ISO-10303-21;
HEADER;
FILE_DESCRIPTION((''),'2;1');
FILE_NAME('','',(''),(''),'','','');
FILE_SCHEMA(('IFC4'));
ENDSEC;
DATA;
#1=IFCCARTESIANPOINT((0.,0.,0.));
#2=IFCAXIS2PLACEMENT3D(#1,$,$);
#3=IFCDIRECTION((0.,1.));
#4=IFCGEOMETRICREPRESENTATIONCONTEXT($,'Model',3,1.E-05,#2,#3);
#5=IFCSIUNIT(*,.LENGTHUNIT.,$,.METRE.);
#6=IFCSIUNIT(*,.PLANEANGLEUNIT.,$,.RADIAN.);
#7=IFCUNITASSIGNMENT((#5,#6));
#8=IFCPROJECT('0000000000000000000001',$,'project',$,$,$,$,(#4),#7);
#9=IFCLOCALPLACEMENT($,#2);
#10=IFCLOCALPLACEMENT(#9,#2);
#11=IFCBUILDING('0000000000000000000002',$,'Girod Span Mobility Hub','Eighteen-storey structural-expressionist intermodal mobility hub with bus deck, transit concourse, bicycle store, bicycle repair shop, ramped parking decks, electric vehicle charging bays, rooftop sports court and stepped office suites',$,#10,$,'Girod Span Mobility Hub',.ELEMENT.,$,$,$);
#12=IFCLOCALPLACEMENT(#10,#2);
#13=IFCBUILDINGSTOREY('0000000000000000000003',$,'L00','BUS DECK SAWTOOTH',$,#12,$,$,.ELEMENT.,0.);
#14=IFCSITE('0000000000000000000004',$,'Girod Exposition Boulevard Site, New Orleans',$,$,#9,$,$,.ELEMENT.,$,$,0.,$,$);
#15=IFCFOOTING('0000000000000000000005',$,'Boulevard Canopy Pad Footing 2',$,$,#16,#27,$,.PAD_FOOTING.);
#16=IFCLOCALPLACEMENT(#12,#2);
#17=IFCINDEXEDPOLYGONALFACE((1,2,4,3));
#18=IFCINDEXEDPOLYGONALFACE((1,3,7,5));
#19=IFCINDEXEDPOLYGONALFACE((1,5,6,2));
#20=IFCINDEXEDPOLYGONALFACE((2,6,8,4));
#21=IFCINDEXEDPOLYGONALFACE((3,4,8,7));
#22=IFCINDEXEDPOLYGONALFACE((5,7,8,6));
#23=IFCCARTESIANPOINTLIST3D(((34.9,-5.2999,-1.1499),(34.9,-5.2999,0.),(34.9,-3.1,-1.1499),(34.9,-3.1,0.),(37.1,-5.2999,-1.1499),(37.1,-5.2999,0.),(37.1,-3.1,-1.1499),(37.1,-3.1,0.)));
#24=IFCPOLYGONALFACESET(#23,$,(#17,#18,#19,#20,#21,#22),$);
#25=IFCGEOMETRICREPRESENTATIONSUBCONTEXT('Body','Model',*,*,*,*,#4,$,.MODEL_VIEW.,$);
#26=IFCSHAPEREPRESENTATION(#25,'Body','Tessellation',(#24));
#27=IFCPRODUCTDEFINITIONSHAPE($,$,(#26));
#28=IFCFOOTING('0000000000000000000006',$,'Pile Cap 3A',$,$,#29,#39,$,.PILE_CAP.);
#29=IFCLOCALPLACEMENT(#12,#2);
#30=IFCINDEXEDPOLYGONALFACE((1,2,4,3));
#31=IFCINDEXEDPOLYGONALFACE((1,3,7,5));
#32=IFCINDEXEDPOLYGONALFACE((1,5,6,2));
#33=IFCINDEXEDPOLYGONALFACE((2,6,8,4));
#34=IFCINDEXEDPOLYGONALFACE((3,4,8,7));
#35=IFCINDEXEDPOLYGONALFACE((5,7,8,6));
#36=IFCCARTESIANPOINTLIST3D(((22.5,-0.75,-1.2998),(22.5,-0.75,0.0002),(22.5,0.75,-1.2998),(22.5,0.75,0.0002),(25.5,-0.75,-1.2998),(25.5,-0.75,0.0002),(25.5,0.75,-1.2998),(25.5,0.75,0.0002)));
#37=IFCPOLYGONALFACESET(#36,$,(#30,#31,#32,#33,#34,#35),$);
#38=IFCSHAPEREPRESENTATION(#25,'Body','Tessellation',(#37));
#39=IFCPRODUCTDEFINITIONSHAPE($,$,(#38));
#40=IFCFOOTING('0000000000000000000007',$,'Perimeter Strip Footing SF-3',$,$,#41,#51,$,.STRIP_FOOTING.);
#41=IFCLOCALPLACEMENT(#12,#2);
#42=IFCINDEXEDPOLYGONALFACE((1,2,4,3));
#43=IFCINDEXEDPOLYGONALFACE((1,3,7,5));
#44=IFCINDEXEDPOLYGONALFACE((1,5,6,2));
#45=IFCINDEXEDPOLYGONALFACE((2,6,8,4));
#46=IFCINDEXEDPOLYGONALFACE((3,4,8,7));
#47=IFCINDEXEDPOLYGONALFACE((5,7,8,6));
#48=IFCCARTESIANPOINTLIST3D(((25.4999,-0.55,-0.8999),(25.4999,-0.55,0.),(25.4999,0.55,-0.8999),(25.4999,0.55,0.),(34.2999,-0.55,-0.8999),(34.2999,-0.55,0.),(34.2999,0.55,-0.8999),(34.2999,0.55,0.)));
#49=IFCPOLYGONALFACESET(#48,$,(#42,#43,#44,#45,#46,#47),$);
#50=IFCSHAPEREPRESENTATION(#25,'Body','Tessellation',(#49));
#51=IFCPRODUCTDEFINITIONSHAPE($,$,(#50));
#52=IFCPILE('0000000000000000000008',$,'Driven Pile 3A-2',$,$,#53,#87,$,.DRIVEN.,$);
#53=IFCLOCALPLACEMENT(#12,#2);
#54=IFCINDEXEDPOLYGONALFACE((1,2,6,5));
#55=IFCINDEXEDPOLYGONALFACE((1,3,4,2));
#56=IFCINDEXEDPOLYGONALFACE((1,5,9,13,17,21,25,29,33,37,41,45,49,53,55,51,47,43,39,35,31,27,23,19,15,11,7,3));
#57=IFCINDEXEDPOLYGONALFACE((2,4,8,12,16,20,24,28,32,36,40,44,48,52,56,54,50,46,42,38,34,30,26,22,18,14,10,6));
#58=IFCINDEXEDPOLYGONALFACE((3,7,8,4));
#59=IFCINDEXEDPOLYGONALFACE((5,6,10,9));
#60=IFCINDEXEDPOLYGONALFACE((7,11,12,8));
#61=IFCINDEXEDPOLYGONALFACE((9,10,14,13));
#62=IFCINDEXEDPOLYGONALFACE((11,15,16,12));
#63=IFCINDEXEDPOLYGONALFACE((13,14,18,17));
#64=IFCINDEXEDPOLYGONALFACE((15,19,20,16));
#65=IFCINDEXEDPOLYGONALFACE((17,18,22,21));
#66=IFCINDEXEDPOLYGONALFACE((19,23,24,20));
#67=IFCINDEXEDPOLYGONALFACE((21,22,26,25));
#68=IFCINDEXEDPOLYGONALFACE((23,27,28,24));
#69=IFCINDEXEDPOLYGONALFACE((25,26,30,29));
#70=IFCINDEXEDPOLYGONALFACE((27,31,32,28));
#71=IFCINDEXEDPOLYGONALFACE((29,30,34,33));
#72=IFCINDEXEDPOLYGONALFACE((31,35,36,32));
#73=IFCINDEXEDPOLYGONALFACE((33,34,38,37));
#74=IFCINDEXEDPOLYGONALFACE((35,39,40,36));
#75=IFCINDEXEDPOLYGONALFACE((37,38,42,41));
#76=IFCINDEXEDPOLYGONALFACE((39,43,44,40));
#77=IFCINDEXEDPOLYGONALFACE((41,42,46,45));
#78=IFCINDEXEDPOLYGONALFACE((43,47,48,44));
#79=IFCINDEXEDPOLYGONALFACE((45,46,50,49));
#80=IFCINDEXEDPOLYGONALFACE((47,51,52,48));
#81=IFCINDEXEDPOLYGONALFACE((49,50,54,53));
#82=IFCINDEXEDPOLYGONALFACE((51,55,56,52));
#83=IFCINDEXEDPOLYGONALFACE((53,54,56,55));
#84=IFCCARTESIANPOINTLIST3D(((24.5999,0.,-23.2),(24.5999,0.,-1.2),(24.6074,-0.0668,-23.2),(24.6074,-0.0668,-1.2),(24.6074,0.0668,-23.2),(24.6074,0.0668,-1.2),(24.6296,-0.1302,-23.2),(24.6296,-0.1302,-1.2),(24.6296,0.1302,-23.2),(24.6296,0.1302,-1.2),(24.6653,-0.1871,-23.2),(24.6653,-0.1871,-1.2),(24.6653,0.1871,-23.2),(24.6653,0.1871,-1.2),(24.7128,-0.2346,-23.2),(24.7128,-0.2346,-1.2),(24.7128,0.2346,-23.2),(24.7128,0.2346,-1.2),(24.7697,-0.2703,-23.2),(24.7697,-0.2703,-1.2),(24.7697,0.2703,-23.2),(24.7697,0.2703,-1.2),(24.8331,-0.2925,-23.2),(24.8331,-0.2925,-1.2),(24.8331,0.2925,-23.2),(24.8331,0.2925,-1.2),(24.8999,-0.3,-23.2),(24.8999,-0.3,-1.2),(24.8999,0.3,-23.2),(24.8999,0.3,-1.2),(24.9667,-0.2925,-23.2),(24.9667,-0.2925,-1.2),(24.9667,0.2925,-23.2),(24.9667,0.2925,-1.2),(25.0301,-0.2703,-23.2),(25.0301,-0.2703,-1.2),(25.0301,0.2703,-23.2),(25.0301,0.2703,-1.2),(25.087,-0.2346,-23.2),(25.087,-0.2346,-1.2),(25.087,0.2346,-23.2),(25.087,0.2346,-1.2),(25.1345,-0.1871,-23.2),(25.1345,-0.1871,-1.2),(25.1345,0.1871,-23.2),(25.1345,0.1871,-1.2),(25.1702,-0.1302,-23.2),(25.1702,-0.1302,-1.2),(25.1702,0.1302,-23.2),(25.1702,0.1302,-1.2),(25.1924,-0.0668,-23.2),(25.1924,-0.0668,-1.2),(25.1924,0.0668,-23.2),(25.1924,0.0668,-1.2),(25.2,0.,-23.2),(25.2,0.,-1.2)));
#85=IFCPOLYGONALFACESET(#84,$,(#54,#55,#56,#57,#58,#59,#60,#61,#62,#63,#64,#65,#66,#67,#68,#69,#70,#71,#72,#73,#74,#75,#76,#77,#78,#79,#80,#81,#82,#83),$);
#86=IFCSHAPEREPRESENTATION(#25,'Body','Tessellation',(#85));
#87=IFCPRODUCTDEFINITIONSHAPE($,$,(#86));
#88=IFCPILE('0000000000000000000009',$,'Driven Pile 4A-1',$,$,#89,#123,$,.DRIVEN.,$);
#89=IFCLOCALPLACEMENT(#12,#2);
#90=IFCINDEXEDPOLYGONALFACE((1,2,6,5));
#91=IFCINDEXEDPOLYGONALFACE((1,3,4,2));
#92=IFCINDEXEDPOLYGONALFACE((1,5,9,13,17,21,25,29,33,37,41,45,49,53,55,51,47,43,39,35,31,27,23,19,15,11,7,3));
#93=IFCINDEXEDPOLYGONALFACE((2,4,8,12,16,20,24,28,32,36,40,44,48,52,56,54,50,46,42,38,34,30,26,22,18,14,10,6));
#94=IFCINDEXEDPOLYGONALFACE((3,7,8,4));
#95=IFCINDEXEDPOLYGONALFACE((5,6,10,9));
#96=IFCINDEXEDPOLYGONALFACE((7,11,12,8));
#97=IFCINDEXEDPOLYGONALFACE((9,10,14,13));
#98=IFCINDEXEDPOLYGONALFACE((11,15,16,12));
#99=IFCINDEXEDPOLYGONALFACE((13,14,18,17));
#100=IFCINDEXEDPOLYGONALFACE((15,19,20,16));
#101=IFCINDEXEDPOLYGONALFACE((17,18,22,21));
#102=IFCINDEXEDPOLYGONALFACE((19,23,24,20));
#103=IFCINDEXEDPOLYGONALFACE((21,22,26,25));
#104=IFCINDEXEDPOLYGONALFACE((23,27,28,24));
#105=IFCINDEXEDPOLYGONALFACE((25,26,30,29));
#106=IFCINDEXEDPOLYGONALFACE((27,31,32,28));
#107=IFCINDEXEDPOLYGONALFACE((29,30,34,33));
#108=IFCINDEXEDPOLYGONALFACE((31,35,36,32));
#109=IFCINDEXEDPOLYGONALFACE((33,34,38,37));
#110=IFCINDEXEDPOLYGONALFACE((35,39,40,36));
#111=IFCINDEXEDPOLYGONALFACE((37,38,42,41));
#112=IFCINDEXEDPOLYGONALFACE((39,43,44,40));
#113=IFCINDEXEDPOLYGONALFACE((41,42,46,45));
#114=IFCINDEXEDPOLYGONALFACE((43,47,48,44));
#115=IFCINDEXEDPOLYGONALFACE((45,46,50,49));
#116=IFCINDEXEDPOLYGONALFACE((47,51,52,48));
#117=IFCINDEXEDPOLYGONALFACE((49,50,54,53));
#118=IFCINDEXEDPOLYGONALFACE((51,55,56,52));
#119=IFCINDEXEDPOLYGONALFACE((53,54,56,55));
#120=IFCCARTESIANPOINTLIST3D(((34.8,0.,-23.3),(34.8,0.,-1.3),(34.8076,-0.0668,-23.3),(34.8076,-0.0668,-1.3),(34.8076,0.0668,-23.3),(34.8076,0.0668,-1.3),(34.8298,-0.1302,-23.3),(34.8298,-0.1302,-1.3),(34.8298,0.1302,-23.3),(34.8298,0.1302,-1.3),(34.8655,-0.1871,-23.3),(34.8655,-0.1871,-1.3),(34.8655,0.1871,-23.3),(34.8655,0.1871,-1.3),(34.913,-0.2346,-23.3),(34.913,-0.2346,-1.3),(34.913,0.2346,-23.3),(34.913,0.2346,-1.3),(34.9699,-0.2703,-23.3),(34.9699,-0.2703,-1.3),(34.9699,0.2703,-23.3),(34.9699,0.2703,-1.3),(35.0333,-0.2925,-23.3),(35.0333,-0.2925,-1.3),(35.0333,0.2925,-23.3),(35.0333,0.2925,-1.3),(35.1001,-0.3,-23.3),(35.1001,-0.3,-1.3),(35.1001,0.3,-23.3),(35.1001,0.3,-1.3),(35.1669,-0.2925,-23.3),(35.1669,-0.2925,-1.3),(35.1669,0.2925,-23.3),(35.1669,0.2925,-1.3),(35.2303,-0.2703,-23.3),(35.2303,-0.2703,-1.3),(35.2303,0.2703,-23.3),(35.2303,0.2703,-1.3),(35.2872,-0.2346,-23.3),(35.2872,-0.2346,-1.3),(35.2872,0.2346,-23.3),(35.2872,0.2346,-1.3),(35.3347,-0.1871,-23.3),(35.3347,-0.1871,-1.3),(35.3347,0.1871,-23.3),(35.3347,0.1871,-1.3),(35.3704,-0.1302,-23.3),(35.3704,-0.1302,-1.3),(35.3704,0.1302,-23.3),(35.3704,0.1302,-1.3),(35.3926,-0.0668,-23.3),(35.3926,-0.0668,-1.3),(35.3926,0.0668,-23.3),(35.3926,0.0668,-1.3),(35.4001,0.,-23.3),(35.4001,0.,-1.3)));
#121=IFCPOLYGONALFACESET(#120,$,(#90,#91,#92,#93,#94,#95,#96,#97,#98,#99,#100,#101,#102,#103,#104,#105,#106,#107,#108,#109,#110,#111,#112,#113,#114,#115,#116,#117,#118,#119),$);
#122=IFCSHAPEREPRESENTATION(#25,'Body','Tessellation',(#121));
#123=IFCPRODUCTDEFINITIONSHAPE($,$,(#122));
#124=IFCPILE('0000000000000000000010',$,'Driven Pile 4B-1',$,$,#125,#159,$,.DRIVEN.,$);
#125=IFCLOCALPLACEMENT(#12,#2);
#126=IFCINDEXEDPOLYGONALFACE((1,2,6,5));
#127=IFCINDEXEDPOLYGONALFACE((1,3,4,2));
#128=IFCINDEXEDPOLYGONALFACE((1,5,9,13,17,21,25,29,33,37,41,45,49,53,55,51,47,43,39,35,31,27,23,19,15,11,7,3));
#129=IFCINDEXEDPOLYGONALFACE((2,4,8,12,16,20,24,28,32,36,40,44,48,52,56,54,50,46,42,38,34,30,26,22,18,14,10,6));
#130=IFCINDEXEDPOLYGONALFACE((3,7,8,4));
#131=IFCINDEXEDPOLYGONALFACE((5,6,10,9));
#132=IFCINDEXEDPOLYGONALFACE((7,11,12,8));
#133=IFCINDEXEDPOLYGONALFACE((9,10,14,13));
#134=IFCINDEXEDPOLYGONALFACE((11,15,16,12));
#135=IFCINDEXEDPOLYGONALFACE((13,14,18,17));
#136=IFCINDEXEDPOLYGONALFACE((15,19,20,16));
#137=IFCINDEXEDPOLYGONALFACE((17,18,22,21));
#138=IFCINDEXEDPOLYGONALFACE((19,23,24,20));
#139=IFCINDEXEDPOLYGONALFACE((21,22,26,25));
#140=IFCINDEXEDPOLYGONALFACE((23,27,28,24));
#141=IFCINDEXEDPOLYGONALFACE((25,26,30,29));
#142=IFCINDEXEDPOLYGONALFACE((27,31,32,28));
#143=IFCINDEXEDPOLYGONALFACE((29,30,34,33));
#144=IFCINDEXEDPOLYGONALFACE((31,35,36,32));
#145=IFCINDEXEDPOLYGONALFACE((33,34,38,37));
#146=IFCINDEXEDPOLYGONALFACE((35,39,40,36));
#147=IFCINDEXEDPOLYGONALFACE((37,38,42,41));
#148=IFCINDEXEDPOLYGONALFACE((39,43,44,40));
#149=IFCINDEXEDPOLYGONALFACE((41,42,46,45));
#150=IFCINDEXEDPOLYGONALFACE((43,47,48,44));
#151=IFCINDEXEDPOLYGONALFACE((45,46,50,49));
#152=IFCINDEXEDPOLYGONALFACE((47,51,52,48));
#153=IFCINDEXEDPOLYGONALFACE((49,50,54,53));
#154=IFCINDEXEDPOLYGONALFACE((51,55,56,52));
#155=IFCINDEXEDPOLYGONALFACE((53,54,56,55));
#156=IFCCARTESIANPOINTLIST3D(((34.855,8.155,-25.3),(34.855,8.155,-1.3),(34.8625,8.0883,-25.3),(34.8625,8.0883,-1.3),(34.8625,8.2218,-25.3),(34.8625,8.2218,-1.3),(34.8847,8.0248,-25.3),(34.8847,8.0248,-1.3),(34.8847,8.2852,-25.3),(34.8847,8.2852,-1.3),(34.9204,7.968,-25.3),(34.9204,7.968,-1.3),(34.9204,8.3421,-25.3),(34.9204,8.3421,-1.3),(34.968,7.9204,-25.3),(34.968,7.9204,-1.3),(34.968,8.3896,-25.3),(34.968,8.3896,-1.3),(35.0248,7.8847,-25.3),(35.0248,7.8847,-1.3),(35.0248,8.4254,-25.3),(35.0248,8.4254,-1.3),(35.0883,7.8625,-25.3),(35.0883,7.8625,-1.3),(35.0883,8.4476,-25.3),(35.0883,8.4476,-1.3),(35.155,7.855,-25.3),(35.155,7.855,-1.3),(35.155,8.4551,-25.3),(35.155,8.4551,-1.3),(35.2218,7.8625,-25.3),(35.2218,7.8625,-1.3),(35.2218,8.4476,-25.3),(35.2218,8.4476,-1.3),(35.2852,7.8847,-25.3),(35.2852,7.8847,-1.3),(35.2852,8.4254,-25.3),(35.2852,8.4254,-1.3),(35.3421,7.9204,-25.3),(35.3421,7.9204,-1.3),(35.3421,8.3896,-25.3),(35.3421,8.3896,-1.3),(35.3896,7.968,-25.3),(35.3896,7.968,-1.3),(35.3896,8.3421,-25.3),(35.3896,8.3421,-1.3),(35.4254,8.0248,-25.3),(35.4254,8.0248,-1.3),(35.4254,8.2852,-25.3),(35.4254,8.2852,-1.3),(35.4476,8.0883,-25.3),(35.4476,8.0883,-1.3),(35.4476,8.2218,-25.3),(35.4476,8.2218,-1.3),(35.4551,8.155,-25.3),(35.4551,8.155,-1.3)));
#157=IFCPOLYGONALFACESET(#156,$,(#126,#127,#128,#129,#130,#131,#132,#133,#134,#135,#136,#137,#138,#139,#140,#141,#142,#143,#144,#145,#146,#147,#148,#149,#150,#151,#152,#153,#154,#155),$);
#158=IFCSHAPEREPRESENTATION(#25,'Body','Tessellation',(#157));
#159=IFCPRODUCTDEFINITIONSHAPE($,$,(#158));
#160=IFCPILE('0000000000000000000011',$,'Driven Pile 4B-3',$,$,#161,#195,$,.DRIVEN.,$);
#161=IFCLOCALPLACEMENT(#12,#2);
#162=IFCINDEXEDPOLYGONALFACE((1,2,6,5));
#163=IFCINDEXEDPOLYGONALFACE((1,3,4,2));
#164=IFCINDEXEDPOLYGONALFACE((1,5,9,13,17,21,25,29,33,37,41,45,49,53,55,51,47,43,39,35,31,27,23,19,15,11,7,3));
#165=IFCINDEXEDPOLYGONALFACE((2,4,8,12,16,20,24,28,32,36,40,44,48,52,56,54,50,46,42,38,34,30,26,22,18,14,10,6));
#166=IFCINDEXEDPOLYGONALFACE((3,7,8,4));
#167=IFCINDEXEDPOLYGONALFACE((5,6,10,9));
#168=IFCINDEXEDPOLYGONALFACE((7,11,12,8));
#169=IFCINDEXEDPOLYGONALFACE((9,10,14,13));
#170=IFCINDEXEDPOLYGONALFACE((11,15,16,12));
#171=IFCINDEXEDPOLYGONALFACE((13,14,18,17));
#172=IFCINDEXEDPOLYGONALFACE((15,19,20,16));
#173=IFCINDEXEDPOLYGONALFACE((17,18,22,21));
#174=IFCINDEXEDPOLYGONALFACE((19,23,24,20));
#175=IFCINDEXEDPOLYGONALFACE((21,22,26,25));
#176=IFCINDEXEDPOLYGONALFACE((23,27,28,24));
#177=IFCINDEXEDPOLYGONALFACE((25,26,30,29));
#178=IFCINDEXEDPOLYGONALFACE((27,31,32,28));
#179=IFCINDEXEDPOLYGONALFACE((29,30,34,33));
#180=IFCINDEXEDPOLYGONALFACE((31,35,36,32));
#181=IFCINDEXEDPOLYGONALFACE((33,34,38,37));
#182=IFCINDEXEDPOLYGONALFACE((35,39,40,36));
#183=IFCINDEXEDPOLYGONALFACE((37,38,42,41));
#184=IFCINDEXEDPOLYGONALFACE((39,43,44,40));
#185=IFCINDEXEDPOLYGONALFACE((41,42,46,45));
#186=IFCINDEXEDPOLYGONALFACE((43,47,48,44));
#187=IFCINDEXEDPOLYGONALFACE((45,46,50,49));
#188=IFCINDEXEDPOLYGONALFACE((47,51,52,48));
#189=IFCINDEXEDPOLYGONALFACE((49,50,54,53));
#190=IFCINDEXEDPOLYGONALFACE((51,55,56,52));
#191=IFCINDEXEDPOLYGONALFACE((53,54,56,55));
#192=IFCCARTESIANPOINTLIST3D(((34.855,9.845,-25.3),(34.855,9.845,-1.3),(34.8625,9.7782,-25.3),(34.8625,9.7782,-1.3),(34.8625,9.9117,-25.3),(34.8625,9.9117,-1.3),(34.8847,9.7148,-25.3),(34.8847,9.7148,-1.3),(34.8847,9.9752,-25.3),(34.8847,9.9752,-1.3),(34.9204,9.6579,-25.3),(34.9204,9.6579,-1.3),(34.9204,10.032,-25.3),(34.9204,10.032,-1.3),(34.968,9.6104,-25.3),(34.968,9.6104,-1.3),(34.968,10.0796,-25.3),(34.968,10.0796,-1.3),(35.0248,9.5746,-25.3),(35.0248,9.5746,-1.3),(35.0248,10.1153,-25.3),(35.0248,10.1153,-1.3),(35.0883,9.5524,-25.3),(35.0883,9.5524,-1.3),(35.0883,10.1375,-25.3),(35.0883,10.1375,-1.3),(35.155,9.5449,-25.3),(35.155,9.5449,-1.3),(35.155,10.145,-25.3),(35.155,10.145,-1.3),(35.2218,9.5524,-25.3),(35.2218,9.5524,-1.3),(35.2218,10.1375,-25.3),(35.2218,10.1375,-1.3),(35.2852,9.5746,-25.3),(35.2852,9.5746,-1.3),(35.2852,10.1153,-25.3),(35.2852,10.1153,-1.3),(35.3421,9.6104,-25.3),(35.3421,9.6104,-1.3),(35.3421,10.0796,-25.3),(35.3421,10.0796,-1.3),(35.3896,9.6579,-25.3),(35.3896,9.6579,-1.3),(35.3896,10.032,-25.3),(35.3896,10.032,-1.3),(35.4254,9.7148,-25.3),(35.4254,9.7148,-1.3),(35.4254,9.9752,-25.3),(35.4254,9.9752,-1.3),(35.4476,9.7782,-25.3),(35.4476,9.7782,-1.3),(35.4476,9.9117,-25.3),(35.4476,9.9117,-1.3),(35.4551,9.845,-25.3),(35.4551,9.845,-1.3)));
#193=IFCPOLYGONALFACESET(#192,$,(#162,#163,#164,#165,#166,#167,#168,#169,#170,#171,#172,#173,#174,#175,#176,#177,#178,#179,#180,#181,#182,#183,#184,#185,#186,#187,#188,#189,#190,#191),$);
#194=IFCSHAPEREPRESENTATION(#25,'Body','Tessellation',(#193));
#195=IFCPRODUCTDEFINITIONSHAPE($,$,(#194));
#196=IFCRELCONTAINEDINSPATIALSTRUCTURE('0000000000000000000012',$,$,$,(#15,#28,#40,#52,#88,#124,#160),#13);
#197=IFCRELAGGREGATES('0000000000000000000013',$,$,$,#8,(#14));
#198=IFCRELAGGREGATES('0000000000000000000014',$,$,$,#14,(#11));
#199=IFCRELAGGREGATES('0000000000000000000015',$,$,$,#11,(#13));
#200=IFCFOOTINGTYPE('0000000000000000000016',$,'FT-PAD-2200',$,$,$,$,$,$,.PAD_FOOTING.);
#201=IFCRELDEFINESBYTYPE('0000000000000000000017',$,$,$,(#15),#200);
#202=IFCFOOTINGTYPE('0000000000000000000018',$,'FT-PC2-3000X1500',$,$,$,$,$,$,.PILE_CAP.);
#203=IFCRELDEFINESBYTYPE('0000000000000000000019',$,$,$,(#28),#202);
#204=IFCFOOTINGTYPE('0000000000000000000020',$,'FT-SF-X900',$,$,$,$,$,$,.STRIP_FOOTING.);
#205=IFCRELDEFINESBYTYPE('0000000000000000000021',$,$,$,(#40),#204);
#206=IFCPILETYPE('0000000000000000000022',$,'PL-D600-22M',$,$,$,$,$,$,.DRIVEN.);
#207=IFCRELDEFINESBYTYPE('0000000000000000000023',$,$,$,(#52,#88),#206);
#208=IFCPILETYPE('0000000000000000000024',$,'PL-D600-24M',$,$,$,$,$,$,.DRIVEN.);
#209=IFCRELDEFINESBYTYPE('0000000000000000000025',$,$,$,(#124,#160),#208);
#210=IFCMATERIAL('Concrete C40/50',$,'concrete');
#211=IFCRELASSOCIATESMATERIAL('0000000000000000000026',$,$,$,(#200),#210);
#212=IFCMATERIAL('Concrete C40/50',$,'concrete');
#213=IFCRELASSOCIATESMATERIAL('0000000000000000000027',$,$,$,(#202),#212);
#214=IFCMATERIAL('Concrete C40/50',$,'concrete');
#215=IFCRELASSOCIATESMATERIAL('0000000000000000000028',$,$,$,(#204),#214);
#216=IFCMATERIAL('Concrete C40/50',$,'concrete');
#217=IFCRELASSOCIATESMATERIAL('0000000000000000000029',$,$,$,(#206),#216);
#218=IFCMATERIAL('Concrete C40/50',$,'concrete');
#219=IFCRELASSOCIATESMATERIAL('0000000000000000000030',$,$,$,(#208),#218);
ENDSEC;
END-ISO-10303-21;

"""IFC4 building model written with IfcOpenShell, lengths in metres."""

from ifc_helpers import new_model, si_unit, direction, frame, origin, origin_2d, place, context, subcontext, project, spatial, rectangle, circle, extrude, material, material_profile, profile_set, type_object, element, save


model = new_model("IFC4")

# Units and contexts
model_context = context("Model", 3, precision=1e-05, world=origin(), true_north=direction((0.0, 1.0)))
body_context = subcontext(model_context, "Body", "Model", "MODEL_VIEW")
ifc_project = project(units=[si_unit("LENGTHUNIT", "METRE"), si_unit("PLANEANGLEUNIT", "RADIAN")], contexts=[model_context])

# Site, building, storey
site_placement = place(None, origin())
site = spatial("IfcSite", under=ifc_project, at=site_placement, Name="Girod Exposition Boulevard Site, New Orleans", CompositionType="ELEMENT", RefElevation=0.0)
building_placement = place(site_placement, origin())
building = spatial("IfcBuilding", under=site, at=building_placement, Name="Girod Span Mobility Hub", Description="Eighteen-storey structural-expressionist intermodal mobility hub with bus deck, transit concourse, bicycle store, bicycle repair shop, ramped parking decks, electric vehicle charging bays, rooftop sports court and stepped office suites", LongName="Girod Span Mobility Hub", CompositionType="ELEMENT")
storey_placement = place(building_placement, origin())
storey = spatial("IfcBuildingStorey", under=building, at=storey_placement, Name="L00", Description="BUS DECK SAWTOOTH", CompositionType="ELEMENT", Elevation=0.0)

# Footings
ifc_material_1 = material(Name="Concrete C40/50", Category="concrete")
footing_type_1 = type_object("IfcFootingType", Name="FT-PAD-2200", PredefinedType="PAD_FOOTING", material=ifc_material_1)
footing_1_placement = place(storey_placement, frame((36.0, -4.2, -1.1499), z_axis=(0.0, 0.0, 1.0), x_axis=(1.0, 0.0, 0.0)))
element("IfcFooting", 1, at=footing_1_placement, inside=storey, type_object=footing_type_1, Name="Boulevard Canopy Pad Footing 2", PredefinedType="PAD_FOOTING", context=body_context, shape_type="SweptSolid", body=[
    extrude(rectangle(XDim=2.2, YDim=2.2, at=origin_2d()), origin(), (0.0, 0.0, 1.0), 1.1499),
])
ifc_material_2 = material(Name="Concrete C40/50", Category="concrete")
footing_type_2 = type_object("IfcFootingType", Name="FT-PC2-3000X1500", PredefinedType="PILE_CAP", material=ifc_material_2)
footing_2_placement = place(storey_placement, frame((24.0, 0.0, -1.2998), z_axis=(0.0, 0.0, 1.0), x_axis=(1.0, 0.0, 0.0)))
element("IfcFooting", 2, at=footing_2_placement, inside=storey, type_object=footing_type_2, Name="Pile Cap 3A", PredefinedType="PILE_CAP", context=body_context, shape_type="SweptSolid", body=[
    extrude(rectangle(XDim=3.0, YDim=1.5, at=origin_2d()), origin(), (0.0, 0.0, 1.0), 1.3),
])
ifc_material_3 = material(Name="Concrete C40/50", Category="concrete")
footing_type_3 = type_object("IfcFootingType", Name="FT-SF-X900", PredefinedType="STRIP_FOOTING", material=ifc_material_3)
footing_3_placement = place(storey_placement, frame((29.8999, 0.0, -0.8999), z_axis=(0.0, 0.0, 1.0), x_axis=(1.0, 0.0, 0.0)))
element("IfcFooting", 3, at=footing_3_placement, inside=storey, type_object=footing_type_3, Name="Perimeter Strip Footing SF-3", PredefinedType="STRIP_FOOTING", context=body_context, shape_type="SweptSolid", body=[
    extrude(rectangle(XDim=8.8, YDim=1.1001, at=origin_2d()), origin(), (0.0, 0.0, 1.0), 0.8999),
])

# Piles
ifc_material_4 = material(Name="Concrete C40/50", Category="concrete")
ifc_material_profile_1 = material_profile(ifc_material_4, circle(Radius=0.3, at=origin_2d()), Name="PILE-D600")
ifc_profile_set_1 = profile_set([ifc_material_profile_1], Name="Concrete C40/50")
pile_type_1 = type_object("IfcPileType", Name="PL-D600-22M", PredefinedType="DRIVEN", material=ifc_profile_set_1)
for number, where, z_axis, x_axis, name in (
    (4, (24.8999, 0.0, -1.2), (0.0, 0.0, -1.0), (1.0, 0.0, 0.0), "Driven Pile 3A-2"),
    (5, (35.1001, 0.0, -1.3), (0.0, 0.0, -1.0), (1.0, 0.0, 0.0), "Driven Pile 4A-1"),
):
    element("IfcPile", number, at=place(storey_placement, frame(where, z_axis=z_axis, x_axis=x_axis)), inside=storey, type_object=pile_type_1, Name=name, PredefinedType="DRIVEN", context=body_context, shape_type="SweptSolid", body=[
        extrude(circle(Radius=0.3, at=origin_2d()), origin(), (0.0, 0.0, 1.0), 22.0),
    ])
ifc_material_5 = material(Name="Concrete C40/50", Category="concrete")
ifc_material_profile_2 = material_profile(ifc_material_5, circle(Radius=0.3, at=origin_2d()), Name="PILE-D600")
ifc_profile_set_2 = profile_set([ifc_material_profile_2], Name="Concrete C40/50")
pile_type_2 = type_object("IfcPileType", Name="PL-D600-24M", PredefinedType="DRIVEN", material=ifc_profile_set_2)
for number, where, z_axis, x_axis, name in (
    (6, (35.155, 8.155, -1.3), (0.0, 0.0, -1.0), (1.0, 0.0, 0.0), "Driven Pile 4B-1"),
    (7, (35.155, 9.845, -1.3), (0.0, 0.0, -1.0), (1.0, 0.0, 0.0), "Driven Pile 4B-3"),
):
    element("IfcPile", number, at=place(storey_placement, frame(where, z_axis=z_axis, x_axis=x_axis)), inside=storey, type_object=pile_type_2, Name=name, PredefinedType="DRIVEN", context=body_context, shape_type="SweptSolid", body=[
        extrude(circle(Radius=0.3, at=origin_2d()), origin(), (0.0, 0.0, 1.0), 24.0),
    ])

save(model, "model.ifc")
